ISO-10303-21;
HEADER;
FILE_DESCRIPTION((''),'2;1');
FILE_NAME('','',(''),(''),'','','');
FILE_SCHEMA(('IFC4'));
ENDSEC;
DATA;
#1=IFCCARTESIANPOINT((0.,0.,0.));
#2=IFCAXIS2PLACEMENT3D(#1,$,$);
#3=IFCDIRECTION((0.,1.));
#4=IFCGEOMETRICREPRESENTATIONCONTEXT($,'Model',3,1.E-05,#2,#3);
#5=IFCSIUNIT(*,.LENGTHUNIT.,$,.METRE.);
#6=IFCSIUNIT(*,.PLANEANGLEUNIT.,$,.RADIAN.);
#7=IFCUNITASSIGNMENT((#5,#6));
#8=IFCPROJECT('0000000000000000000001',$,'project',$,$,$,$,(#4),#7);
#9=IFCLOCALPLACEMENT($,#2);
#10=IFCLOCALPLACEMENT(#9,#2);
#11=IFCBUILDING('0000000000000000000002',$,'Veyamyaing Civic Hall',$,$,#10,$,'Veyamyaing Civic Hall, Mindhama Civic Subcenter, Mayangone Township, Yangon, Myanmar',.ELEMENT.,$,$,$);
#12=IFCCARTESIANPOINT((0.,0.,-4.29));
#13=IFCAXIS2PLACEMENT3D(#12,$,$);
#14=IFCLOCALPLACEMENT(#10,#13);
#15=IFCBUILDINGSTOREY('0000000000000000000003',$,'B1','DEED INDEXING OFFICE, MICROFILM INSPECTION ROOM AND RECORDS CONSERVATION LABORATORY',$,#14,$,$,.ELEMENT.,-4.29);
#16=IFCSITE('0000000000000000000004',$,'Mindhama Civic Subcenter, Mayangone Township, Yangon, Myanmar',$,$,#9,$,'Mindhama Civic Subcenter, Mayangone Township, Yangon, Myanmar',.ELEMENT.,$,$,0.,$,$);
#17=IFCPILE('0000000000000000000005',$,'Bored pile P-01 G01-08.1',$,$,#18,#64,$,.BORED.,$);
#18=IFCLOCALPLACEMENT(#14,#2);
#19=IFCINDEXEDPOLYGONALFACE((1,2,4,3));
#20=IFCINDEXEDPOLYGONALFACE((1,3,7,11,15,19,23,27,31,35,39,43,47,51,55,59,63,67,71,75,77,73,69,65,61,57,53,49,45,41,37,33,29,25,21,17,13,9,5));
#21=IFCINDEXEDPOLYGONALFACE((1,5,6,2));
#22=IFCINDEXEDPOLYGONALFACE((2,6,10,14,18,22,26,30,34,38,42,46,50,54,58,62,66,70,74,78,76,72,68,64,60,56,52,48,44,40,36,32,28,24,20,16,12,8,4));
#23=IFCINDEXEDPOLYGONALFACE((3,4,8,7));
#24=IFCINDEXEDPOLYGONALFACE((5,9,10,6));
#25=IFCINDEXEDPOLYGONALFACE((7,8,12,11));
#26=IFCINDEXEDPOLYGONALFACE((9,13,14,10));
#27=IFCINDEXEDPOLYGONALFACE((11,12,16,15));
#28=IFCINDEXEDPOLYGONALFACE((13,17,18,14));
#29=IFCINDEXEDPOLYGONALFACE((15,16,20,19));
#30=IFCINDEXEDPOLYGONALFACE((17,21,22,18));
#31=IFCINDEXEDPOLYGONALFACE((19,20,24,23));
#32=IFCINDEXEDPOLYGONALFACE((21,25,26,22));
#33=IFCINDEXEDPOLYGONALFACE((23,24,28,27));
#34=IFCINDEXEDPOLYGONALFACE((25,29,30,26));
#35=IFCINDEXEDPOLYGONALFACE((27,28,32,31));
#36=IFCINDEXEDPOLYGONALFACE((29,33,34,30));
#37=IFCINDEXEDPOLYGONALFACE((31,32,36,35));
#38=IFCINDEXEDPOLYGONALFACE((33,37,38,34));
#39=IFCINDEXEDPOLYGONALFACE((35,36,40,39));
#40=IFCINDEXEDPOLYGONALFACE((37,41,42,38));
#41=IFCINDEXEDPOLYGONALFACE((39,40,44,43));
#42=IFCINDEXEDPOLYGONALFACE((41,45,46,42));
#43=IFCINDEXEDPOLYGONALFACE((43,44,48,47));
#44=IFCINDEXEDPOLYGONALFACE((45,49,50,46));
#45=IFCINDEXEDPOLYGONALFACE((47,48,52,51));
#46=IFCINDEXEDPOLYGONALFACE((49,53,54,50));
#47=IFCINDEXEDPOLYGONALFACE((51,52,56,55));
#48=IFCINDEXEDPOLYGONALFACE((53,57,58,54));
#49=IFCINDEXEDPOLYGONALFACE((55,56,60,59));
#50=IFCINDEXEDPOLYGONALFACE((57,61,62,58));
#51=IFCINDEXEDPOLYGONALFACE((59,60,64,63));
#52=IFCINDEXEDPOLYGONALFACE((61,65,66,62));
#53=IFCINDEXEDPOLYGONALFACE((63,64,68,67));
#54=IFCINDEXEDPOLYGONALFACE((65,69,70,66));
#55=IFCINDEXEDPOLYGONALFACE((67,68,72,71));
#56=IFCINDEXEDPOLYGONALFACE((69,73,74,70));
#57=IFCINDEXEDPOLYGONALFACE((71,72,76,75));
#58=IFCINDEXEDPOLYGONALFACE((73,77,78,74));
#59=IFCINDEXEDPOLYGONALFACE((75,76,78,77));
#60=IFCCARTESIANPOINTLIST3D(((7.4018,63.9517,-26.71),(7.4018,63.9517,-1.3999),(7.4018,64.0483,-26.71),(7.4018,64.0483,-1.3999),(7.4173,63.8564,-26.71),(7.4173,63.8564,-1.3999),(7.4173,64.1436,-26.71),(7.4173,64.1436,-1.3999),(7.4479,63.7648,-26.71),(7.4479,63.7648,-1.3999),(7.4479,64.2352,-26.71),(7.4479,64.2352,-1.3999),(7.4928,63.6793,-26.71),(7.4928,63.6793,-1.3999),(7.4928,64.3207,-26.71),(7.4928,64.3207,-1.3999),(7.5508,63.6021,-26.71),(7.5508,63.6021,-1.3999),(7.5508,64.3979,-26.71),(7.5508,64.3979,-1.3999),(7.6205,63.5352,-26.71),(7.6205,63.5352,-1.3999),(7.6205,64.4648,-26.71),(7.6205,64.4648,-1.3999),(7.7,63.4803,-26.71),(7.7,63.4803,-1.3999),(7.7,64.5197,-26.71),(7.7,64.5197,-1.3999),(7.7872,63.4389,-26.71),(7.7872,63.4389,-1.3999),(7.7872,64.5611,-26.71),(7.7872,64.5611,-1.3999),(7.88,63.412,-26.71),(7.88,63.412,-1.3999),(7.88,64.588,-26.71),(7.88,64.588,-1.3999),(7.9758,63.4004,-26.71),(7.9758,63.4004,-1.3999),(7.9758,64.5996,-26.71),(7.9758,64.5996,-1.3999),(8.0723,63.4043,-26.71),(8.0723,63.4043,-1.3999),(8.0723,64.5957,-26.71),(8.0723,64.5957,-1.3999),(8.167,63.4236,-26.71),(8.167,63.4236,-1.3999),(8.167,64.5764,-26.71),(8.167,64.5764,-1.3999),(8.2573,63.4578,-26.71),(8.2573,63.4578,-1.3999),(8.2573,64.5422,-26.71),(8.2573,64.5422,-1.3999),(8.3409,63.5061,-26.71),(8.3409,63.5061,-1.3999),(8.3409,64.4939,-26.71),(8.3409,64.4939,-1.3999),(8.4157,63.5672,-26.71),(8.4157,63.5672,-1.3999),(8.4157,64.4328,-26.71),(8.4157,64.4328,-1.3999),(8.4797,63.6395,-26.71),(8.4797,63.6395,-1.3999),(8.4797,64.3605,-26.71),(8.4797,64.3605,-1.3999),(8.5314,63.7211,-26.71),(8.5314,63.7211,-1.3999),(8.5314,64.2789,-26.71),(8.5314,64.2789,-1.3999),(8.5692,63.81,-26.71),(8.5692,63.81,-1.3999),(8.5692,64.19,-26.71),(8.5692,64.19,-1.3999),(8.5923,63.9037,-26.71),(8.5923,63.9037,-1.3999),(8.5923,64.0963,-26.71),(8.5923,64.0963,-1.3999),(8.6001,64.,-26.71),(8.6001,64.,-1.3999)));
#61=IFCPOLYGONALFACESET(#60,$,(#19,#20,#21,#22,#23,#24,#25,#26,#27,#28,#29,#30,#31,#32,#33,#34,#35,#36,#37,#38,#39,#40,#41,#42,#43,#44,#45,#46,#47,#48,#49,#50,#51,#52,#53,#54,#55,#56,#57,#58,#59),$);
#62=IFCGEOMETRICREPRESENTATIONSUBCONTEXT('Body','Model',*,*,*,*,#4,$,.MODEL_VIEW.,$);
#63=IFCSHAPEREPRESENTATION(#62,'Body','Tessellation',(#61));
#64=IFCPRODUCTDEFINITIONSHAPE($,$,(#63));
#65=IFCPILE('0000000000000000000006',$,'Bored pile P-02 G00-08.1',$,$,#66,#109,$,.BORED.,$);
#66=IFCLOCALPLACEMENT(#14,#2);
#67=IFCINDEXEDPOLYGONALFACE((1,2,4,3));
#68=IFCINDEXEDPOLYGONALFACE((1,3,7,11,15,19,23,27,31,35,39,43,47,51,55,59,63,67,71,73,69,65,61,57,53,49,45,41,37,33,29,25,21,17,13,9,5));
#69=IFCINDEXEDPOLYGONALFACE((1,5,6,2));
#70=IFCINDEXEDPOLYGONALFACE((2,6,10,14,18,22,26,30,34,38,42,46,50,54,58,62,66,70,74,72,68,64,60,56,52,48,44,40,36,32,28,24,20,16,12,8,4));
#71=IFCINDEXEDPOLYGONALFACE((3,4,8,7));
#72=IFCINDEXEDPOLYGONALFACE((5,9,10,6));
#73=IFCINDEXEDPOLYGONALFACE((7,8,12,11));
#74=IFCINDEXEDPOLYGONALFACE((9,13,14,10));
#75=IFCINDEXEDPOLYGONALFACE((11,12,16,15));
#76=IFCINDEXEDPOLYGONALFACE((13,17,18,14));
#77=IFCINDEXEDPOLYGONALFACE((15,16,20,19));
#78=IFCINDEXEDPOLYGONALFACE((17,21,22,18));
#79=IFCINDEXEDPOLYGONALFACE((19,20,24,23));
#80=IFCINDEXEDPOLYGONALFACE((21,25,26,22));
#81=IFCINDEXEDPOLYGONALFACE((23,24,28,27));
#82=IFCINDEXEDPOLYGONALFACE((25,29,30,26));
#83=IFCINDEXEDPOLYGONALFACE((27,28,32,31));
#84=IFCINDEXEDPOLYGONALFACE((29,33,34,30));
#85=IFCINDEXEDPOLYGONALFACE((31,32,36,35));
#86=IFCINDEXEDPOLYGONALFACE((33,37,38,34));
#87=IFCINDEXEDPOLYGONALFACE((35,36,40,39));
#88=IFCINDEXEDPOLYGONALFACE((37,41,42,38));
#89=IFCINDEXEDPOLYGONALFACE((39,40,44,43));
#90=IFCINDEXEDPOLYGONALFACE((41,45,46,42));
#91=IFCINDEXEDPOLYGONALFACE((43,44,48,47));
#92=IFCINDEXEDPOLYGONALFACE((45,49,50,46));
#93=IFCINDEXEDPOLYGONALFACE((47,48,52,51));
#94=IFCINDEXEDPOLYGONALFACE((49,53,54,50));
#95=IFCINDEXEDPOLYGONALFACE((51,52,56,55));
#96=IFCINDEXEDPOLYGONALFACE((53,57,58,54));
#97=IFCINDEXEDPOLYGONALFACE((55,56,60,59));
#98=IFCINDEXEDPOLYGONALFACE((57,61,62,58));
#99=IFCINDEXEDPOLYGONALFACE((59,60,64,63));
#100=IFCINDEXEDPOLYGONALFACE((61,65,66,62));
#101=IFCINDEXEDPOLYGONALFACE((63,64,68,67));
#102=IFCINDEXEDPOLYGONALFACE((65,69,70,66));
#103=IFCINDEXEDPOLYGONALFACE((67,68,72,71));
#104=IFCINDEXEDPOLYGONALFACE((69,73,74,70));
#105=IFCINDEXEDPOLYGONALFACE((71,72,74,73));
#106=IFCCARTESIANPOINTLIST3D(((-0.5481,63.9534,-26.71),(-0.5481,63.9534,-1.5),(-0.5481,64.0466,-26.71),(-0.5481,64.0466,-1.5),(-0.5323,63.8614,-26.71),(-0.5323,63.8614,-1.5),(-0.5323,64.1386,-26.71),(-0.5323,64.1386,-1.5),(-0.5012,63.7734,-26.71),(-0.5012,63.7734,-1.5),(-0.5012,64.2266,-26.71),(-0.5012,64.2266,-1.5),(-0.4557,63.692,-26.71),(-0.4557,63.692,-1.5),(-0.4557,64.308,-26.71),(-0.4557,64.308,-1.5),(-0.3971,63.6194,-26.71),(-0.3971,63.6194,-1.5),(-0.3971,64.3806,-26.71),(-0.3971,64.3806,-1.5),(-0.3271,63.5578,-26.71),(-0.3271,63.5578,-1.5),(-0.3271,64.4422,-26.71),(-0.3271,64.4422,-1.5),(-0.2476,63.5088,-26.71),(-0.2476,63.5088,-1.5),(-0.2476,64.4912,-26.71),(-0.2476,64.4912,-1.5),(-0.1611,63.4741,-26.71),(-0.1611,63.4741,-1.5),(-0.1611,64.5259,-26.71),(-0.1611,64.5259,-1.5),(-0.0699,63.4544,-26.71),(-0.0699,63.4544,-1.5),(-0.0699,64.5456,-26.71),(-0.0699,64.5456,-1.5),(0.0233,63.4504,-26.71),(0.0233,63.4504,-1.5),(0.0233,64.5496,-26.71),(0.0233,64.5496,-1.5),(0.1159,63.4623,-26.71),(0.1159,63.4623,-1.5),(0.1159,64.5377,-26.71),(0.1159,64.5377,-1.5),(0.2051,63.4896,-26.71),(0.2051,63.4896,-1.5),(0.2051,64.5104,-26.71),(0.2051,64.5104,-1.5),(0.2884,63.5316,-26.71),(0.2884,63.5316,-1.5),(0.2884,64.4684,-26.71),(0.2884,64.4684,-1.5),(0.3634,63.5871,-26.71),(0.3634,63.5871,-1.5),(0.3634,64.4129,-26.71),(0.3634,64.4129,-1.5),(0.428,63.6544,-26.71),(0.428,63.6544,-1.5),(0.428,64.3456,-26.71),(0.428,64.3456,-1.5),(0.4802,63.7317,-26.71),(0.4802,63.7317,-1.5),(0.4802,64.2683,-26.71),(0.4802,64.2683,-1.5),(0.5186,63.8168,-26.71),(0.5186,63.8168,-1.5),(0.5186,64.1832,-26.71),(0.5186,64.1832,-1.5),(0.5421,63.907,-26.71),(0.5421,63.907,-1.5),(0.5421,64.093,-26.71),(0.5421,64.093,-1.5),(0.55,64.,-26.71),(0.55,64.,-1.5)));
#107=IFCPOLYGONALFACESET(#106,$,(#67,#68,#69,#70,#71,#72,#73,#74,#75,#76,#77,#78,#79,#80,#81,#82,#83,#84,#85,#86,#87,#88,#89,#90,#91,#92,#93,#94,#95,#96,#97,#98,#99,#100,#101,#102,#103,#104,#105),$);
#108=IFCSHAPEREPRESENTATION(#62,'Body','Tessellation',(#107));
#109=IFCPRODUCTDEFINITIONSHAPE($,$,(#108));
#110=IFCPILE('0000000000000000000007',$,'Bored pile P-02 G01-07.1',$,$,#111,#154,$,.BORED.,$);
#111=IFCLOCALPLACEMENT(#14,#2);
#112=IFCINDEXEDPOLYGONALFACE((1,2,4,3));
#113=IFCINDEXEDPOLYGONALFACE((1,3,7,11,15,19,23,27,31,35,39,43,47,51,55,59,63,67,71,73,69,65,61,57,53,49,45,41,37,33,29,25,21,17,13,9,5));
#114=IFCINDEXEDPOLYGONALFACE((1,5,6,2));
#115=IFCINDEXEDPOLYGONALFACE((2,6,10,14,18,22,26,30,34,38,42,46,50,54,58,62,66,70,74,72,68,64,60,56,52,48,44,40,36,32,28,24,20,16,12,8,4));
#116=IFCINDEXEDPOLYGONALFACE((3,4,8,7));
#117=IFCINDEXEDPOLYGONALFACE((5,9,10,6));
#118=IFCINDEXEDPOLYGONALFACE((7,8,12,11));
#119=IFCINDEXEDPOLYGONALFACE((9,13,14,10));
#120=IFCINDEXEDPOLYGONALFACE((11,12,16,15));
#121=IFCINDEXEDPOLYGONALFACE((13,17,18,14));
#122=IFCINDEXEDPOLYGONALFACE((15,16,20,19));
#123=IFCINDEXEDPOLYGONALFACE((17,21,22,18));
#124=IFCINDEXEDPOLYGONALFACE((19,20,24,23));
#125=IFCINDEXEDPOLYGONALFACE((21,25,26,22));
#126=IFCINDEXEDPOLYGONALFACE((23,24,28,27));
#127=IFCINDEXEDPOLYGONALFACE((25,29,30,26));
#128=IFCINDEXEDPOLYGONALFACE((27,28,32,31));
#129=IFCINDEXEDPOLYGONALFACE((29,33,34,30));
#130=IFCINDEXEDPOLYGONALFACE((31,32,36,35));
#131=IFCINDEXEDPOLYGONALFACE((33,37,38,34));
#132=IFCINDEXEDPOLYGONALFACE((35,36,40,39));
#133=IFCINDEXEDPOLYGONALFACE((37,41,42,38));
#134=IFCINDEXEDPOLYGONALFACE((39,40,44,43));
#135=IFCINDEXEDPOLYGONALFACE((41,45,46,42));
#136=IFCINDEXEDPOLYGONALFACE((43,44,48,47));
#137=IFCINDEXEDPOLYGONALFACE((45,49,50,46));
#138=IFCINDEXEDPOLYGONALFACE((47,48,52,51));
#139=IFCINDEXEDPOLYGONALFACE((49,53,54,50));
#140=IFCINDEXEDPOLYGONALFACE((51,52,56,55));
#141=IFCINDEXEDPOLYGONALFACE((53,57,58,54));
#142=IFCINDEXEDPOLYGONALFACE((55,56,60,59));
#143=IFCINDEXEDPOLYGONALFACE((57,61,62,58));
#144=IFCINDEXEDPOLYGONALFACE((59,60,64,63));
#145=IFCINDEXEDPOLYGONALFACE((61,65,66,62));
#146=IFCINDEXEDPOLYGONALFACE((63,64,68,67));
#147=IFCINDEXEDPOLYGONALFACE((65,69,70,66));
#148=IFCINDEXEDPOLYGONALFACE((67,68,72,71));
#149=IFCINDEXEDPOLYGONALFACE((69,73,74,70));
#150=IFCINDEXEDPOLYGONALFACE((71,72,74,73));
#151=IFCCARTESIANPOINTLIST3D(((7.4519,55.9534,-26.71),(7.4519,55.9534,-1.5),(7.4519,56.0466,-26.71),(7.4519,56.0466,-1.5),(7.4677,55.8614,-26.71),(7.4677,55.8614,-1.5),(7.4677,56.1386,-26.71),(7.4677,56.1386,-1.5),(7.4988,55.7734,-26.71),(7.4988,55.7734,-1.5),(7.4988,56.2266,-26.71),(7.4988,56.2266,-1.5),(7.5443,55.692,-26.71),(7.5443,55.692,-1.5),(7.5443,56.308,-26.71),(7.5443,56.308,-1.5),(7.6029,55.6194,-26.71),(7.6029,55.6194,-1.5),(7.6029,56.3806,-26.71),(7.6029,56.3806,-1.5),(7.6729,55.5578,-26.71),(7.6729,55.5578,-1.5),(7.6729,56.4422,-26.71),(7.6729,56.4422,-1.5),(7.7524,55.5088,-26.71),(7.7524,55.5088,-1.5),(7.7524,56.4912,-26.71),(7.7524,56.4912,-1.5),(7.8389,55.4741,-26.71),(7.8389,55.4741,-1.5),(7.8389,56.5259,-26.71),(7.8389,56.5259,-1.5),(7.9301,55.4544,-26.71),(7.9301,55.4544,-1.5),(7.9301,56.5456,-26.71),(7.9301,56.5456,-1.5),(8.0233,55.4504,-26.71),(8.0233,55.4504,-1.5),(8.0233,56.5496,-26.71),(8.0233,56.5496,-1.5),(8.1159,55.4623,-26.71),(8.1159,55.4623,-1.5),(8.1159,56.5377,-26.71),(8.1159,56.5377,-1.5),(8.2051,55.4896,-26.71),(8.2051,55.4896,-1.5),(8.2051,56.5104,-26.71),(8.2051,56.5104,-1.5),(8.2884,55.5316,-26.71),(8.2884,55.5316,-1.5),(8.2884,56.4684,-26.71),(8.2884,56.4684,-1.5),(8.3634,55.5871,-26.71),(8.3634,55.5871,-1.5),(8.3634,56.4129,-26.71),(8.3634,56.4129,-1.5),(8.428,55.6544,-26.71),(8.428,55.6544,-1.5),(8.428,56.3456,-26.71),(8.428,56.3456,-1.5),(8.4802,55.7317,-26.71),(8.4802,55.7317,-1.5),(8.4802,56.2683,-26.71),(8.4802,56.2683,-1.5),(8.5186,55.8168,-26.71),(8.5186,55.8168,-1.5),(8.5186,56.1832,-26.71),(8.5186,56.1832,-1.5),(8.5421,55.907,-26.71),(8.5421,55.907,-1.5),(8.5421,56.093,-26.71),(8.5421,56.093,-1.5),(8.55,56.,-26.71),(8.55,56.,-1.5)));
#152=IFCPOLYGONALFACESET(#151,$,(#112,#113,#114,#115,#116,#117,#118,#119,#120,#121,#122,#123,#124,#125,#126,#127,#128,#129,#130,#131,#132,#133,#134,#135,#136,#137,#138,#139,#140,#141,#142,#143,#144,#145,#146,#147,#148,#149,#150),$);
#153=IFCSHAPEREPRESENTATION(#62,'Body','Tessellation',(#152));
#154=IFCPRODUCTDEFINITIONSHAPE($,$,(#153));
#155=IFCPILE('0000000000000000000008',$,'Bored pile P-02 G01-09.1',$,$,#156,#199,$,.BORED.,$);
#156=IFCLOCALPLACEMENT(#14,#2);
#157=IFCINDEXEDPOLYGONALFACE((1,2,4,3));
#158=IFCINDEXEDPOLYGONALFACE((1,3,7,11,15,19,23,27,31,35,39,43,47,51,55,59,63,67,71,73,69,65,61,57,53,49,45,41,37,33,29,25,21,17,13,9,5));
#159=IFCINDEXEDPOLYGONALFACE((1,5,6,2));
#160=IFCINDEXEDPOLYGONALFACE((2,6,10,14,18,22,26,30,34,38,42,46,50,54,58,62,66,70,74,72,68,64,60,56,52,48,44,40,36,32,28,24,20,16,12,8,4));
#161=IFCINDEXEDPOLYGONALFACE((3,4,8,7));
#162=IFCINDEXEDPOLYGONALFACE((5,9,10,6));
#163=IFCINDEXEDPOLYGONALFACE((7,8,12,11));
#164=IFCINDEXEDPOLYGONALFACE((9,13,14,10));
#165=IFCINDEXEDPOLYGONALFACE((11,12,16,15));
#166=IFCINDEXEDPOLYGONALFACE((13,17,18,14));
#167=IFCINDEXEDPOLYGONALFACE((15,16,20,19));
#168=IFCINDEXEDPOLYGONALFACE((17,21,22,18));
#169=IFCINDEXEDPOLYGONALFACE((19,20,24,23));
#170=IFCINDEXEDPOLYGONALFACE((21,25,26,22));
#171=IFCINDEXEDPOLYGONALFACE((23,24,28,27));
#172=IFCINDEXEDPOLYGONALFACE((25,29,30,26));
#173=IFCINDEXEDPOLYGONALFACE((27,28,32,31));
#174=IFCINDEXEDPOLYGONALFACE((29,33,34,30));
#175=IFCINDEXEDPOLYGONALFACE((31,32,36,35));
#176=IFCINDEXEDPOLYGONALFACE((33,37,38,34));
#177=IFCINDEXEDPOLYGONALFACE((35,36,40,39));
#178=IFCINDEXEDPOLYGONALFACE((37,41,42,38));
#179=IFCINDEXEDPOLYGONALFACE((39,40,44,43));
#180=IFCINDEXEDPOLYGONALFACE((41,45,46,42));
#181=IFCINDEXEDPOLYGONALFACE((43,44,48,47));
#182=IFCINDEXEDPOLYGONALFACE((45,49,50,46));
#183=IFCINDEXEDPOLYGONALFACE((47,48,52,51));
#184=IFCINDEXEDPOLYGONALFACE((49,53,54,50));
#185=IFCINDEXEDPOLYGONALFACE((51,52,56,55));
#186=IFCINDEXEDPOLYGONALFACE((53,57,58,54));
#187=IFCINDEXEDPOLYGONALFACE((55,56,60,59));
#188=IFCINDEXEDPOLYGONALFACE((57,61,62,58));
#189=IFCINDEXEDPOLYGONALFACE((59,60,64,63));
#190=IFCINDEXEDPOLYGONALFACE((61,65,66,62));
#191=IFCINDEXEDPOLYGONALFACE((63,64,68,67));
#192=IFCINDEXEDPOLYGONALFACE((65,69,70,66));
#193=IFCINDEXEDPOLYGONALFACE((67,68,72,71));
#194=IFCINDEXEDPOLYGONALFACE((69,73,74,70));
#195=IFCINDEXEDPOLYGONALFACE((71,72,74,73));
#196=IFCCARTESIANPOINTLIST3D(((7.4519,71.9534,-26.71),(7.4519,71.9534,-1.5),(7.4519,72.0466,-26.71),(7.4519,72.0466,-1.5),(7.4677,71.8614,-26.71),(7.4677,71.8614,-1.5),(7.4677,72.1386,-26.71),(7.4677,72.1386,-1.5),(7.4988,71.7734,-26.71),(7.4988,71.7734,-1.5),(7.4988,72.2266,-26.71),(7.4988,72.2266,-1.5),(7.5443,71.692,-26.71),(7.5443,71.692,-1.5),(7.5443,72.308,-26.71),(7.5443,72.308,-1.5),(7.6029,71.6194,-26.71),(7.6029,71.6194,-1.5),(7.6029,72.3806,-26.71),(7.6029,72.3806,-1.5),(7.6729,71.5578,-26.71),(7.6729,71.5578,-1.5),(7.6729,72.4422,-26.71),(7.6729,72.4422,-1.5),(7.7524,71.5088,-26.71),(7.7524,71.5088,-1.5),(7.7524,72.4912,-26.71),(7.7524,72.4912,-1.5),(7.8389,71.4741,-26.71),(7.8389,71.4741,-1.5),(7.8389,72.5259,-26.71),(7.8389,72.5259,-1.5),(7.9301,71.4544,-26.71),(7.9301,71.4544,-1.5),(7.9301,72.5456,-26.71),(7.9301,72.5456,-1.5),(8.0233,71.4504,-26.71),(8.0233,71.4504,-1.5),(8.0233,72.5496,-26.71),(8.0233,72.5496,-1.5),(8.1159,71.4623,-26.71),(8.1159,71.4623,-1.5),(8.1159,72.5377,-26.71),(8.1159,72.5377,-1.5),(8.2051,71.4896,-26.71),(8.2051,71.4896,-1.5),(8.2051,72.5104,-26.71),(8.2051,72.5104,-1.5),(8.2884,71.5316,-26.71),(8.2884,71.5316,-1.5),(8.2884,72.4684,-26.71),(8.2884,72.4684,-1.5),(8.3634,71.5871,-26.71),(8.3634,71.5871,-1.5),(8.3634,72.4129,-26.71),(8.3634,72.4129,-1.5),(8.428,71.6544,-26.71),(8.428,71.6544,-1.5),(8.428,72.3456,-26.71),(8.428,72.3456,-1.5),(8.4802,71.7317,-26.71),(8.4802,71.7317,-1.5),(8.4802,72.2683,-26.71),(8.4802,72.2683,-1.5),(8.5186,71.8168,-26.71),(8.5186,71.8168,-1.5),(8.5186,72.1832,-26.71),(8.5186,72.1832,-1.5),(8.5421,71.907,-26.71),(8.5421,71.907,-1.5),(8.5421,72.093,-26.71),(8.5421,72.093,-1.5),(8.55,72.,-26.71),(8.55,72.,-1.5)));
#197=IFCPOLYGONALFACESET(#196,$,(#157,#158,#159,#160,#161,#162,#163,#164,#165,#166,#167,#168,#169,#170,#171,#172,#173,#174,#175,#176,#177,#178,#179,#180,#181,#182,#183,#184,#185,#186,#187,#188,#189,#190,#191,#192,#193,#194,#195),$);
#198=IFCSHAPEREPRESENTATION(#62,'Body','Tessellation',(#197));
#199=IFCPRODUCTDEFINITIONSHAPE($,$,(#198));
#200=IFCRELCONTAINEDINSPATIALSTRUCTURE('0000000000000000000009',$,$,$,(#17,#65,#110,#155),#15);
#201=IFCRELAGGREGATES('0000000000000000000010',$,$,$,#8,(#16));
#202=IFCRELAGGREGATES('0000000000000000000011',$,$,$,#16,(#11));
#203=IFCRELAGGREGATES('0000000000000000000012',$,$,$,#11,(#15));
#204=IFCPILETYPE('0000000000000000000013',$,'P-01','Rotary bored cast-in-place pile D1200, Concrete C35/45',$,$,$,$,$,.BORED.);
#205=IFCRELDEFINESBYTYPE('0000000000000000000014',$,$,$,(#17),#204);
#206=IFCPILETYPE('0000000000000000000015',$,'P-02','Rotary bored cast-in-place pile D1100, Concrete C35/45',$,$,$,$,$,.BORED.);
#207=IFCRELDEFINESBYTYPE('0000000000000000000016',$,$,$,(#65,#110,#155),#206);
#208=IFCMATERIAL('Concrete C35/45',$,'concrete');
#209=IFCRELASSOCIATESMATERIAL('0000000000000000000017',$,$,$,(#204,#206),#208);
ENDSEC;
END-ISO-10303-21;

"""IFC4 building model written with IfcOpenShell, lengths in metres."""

from ifc_helpers import new_model, si_unit, direction, frame, origin, origin_2d, place, context, subcontext, project, spatial, circle, extrude, material, material_profile, profile_set, type_object, element, save


model = new_model("IFC4")

# Units and contexts
model_context = context("Model", 3, precision=1e-05, world=origin(), true_north=direction((0.0, 1.0)))
body_context = subcontext(model_context, "Body", "Model", "MODEL_VIEW")
ifc_project = project(units=[si_unit("LENGTHUNIT", "METRE"), si_unit("PLANEANGLEUNIT", "RADIAN")], contexts=[model_context])

# Site, building, storey
site_placement = place(None, origin())
site = spatial("IfcSite", under=ifc_project, at=site_placement, Name="Mindhama Civic Subcenter, Mayangone Township, Yangon, Myanmar", LongName="Mindhama Civic Subcenter, Mayangone Township, Yangon, Myanmar", CompositionType="ELEMENT", RefElevation=0.0)
building_placement = place(site_placement, origin())
building = spatial("IfcBuilding", under=site, at=building_placement, Name="Veyamyaing Civic Hall", LongName="Veyamyaing Civic Hall, Mindhama Civic Subcenter, Mayangone Township, Yangon, Myanmar", CompositionType="ELEMENT")
storey_placement = place(building_placement, frame((0.0, 0.0, -4.29)))
storey = spatial("IfcBuildingStorey", under=building, at=storey_placement, Name="B1", Description="DEED INDEXING OFFICE, MICROFILM INSPECTION ROOM AND RECORDS CONSERVATION LABORATORY", CompositionType="ELEMENT", Elevation=-4.29)

# Piles
ifc_material_1 = material(Name="Concrete C35/45", Category="concrete")
ifc_material_profile_1 = material_profile(ifc_material_1, circle(Radius=0.6001, at=origin_2d()), Name="PILE-D1200")
ifc_profile_set_1 = profile_set([ifc_material_profile_1], Name="Concrete C35/45")
pile_type_1 = type_object("IfcPileType", Name="P-01", Description="Rotary bored cast-in-place pile D1200, Concrete C35/45", PredefinedType="BORED", material=ifc_profile_set_1)
for number, where, z_axis, x_axis, name in (
    (1, (8.0, 64.0, -1.3999), (0.0, 0.0, -1.0), (1.0, 0.0, 0.0), "Bored pile P-01 G01-08.1"),
):
    element("IfcPile", number, at=place(storey_placement, frame(where, z_axis=z_axis, x_axis=x_axis)), inside=storey, type_object=pile_type_1, Name=name, PredefinedType="BORED", context=body_context, shape_type="SweptSolid", body=[
        extrude(circle(Radius=0.6001, at=origin_2d()), origin(), (0.0, 0.0, 1.0), 25.3101),
    ])
ifc_material_profile_2 = material_profile(ifc_material_1, circle(Radius=0.55, at=origin_2d()), Name="PILE-D1100")
ifc_profile_set_2 = profile_set([ifc_material_profile_2], Name="Concrete C35/45")
pile_type_2 = type_object("IfcPileType", Name="P-02", Description="Rotary bored cast-in-place pile D1100, Concrete C35/45", PredefinedType="BORED", material=ifc_profile_set_2)
for number, where, z_axis, x_axis, name in (
    (2, (0.0, 64.0, -1.5), (0.0, 0.0, -1.0), (1.0, 0.0, 0.0), "Bored pile P-02 G00-08.1"),
    (3, (8.0, 56.0, -1.5), (0.0, 0.0, -1.0), (1.0, 0.0, 0.0), "Bored pile P-02 G01-07.1"),
    (4, (8.0, 72.0, -1.5), (0.0, 0.0, -1.0), (1.0, 0.0, 0.0), "Bored pile P-02 G01-09.1"),
):
    element("IfcPile", number, at=place(storey_placement, frame(where, z_axis=z_axis, x_axis=x_axis)), inside=storey, type_object=pile_type_2, Name=name, PredefinedType="BORED", context=body_context, shape_type="SweptSolid", body=[
        extrude(circle(Radius=0.55, at=origin_2d()), origin(), (0.0, 0.0, 1.0), 25.21),
    ])

save(model, "model.ifc")
